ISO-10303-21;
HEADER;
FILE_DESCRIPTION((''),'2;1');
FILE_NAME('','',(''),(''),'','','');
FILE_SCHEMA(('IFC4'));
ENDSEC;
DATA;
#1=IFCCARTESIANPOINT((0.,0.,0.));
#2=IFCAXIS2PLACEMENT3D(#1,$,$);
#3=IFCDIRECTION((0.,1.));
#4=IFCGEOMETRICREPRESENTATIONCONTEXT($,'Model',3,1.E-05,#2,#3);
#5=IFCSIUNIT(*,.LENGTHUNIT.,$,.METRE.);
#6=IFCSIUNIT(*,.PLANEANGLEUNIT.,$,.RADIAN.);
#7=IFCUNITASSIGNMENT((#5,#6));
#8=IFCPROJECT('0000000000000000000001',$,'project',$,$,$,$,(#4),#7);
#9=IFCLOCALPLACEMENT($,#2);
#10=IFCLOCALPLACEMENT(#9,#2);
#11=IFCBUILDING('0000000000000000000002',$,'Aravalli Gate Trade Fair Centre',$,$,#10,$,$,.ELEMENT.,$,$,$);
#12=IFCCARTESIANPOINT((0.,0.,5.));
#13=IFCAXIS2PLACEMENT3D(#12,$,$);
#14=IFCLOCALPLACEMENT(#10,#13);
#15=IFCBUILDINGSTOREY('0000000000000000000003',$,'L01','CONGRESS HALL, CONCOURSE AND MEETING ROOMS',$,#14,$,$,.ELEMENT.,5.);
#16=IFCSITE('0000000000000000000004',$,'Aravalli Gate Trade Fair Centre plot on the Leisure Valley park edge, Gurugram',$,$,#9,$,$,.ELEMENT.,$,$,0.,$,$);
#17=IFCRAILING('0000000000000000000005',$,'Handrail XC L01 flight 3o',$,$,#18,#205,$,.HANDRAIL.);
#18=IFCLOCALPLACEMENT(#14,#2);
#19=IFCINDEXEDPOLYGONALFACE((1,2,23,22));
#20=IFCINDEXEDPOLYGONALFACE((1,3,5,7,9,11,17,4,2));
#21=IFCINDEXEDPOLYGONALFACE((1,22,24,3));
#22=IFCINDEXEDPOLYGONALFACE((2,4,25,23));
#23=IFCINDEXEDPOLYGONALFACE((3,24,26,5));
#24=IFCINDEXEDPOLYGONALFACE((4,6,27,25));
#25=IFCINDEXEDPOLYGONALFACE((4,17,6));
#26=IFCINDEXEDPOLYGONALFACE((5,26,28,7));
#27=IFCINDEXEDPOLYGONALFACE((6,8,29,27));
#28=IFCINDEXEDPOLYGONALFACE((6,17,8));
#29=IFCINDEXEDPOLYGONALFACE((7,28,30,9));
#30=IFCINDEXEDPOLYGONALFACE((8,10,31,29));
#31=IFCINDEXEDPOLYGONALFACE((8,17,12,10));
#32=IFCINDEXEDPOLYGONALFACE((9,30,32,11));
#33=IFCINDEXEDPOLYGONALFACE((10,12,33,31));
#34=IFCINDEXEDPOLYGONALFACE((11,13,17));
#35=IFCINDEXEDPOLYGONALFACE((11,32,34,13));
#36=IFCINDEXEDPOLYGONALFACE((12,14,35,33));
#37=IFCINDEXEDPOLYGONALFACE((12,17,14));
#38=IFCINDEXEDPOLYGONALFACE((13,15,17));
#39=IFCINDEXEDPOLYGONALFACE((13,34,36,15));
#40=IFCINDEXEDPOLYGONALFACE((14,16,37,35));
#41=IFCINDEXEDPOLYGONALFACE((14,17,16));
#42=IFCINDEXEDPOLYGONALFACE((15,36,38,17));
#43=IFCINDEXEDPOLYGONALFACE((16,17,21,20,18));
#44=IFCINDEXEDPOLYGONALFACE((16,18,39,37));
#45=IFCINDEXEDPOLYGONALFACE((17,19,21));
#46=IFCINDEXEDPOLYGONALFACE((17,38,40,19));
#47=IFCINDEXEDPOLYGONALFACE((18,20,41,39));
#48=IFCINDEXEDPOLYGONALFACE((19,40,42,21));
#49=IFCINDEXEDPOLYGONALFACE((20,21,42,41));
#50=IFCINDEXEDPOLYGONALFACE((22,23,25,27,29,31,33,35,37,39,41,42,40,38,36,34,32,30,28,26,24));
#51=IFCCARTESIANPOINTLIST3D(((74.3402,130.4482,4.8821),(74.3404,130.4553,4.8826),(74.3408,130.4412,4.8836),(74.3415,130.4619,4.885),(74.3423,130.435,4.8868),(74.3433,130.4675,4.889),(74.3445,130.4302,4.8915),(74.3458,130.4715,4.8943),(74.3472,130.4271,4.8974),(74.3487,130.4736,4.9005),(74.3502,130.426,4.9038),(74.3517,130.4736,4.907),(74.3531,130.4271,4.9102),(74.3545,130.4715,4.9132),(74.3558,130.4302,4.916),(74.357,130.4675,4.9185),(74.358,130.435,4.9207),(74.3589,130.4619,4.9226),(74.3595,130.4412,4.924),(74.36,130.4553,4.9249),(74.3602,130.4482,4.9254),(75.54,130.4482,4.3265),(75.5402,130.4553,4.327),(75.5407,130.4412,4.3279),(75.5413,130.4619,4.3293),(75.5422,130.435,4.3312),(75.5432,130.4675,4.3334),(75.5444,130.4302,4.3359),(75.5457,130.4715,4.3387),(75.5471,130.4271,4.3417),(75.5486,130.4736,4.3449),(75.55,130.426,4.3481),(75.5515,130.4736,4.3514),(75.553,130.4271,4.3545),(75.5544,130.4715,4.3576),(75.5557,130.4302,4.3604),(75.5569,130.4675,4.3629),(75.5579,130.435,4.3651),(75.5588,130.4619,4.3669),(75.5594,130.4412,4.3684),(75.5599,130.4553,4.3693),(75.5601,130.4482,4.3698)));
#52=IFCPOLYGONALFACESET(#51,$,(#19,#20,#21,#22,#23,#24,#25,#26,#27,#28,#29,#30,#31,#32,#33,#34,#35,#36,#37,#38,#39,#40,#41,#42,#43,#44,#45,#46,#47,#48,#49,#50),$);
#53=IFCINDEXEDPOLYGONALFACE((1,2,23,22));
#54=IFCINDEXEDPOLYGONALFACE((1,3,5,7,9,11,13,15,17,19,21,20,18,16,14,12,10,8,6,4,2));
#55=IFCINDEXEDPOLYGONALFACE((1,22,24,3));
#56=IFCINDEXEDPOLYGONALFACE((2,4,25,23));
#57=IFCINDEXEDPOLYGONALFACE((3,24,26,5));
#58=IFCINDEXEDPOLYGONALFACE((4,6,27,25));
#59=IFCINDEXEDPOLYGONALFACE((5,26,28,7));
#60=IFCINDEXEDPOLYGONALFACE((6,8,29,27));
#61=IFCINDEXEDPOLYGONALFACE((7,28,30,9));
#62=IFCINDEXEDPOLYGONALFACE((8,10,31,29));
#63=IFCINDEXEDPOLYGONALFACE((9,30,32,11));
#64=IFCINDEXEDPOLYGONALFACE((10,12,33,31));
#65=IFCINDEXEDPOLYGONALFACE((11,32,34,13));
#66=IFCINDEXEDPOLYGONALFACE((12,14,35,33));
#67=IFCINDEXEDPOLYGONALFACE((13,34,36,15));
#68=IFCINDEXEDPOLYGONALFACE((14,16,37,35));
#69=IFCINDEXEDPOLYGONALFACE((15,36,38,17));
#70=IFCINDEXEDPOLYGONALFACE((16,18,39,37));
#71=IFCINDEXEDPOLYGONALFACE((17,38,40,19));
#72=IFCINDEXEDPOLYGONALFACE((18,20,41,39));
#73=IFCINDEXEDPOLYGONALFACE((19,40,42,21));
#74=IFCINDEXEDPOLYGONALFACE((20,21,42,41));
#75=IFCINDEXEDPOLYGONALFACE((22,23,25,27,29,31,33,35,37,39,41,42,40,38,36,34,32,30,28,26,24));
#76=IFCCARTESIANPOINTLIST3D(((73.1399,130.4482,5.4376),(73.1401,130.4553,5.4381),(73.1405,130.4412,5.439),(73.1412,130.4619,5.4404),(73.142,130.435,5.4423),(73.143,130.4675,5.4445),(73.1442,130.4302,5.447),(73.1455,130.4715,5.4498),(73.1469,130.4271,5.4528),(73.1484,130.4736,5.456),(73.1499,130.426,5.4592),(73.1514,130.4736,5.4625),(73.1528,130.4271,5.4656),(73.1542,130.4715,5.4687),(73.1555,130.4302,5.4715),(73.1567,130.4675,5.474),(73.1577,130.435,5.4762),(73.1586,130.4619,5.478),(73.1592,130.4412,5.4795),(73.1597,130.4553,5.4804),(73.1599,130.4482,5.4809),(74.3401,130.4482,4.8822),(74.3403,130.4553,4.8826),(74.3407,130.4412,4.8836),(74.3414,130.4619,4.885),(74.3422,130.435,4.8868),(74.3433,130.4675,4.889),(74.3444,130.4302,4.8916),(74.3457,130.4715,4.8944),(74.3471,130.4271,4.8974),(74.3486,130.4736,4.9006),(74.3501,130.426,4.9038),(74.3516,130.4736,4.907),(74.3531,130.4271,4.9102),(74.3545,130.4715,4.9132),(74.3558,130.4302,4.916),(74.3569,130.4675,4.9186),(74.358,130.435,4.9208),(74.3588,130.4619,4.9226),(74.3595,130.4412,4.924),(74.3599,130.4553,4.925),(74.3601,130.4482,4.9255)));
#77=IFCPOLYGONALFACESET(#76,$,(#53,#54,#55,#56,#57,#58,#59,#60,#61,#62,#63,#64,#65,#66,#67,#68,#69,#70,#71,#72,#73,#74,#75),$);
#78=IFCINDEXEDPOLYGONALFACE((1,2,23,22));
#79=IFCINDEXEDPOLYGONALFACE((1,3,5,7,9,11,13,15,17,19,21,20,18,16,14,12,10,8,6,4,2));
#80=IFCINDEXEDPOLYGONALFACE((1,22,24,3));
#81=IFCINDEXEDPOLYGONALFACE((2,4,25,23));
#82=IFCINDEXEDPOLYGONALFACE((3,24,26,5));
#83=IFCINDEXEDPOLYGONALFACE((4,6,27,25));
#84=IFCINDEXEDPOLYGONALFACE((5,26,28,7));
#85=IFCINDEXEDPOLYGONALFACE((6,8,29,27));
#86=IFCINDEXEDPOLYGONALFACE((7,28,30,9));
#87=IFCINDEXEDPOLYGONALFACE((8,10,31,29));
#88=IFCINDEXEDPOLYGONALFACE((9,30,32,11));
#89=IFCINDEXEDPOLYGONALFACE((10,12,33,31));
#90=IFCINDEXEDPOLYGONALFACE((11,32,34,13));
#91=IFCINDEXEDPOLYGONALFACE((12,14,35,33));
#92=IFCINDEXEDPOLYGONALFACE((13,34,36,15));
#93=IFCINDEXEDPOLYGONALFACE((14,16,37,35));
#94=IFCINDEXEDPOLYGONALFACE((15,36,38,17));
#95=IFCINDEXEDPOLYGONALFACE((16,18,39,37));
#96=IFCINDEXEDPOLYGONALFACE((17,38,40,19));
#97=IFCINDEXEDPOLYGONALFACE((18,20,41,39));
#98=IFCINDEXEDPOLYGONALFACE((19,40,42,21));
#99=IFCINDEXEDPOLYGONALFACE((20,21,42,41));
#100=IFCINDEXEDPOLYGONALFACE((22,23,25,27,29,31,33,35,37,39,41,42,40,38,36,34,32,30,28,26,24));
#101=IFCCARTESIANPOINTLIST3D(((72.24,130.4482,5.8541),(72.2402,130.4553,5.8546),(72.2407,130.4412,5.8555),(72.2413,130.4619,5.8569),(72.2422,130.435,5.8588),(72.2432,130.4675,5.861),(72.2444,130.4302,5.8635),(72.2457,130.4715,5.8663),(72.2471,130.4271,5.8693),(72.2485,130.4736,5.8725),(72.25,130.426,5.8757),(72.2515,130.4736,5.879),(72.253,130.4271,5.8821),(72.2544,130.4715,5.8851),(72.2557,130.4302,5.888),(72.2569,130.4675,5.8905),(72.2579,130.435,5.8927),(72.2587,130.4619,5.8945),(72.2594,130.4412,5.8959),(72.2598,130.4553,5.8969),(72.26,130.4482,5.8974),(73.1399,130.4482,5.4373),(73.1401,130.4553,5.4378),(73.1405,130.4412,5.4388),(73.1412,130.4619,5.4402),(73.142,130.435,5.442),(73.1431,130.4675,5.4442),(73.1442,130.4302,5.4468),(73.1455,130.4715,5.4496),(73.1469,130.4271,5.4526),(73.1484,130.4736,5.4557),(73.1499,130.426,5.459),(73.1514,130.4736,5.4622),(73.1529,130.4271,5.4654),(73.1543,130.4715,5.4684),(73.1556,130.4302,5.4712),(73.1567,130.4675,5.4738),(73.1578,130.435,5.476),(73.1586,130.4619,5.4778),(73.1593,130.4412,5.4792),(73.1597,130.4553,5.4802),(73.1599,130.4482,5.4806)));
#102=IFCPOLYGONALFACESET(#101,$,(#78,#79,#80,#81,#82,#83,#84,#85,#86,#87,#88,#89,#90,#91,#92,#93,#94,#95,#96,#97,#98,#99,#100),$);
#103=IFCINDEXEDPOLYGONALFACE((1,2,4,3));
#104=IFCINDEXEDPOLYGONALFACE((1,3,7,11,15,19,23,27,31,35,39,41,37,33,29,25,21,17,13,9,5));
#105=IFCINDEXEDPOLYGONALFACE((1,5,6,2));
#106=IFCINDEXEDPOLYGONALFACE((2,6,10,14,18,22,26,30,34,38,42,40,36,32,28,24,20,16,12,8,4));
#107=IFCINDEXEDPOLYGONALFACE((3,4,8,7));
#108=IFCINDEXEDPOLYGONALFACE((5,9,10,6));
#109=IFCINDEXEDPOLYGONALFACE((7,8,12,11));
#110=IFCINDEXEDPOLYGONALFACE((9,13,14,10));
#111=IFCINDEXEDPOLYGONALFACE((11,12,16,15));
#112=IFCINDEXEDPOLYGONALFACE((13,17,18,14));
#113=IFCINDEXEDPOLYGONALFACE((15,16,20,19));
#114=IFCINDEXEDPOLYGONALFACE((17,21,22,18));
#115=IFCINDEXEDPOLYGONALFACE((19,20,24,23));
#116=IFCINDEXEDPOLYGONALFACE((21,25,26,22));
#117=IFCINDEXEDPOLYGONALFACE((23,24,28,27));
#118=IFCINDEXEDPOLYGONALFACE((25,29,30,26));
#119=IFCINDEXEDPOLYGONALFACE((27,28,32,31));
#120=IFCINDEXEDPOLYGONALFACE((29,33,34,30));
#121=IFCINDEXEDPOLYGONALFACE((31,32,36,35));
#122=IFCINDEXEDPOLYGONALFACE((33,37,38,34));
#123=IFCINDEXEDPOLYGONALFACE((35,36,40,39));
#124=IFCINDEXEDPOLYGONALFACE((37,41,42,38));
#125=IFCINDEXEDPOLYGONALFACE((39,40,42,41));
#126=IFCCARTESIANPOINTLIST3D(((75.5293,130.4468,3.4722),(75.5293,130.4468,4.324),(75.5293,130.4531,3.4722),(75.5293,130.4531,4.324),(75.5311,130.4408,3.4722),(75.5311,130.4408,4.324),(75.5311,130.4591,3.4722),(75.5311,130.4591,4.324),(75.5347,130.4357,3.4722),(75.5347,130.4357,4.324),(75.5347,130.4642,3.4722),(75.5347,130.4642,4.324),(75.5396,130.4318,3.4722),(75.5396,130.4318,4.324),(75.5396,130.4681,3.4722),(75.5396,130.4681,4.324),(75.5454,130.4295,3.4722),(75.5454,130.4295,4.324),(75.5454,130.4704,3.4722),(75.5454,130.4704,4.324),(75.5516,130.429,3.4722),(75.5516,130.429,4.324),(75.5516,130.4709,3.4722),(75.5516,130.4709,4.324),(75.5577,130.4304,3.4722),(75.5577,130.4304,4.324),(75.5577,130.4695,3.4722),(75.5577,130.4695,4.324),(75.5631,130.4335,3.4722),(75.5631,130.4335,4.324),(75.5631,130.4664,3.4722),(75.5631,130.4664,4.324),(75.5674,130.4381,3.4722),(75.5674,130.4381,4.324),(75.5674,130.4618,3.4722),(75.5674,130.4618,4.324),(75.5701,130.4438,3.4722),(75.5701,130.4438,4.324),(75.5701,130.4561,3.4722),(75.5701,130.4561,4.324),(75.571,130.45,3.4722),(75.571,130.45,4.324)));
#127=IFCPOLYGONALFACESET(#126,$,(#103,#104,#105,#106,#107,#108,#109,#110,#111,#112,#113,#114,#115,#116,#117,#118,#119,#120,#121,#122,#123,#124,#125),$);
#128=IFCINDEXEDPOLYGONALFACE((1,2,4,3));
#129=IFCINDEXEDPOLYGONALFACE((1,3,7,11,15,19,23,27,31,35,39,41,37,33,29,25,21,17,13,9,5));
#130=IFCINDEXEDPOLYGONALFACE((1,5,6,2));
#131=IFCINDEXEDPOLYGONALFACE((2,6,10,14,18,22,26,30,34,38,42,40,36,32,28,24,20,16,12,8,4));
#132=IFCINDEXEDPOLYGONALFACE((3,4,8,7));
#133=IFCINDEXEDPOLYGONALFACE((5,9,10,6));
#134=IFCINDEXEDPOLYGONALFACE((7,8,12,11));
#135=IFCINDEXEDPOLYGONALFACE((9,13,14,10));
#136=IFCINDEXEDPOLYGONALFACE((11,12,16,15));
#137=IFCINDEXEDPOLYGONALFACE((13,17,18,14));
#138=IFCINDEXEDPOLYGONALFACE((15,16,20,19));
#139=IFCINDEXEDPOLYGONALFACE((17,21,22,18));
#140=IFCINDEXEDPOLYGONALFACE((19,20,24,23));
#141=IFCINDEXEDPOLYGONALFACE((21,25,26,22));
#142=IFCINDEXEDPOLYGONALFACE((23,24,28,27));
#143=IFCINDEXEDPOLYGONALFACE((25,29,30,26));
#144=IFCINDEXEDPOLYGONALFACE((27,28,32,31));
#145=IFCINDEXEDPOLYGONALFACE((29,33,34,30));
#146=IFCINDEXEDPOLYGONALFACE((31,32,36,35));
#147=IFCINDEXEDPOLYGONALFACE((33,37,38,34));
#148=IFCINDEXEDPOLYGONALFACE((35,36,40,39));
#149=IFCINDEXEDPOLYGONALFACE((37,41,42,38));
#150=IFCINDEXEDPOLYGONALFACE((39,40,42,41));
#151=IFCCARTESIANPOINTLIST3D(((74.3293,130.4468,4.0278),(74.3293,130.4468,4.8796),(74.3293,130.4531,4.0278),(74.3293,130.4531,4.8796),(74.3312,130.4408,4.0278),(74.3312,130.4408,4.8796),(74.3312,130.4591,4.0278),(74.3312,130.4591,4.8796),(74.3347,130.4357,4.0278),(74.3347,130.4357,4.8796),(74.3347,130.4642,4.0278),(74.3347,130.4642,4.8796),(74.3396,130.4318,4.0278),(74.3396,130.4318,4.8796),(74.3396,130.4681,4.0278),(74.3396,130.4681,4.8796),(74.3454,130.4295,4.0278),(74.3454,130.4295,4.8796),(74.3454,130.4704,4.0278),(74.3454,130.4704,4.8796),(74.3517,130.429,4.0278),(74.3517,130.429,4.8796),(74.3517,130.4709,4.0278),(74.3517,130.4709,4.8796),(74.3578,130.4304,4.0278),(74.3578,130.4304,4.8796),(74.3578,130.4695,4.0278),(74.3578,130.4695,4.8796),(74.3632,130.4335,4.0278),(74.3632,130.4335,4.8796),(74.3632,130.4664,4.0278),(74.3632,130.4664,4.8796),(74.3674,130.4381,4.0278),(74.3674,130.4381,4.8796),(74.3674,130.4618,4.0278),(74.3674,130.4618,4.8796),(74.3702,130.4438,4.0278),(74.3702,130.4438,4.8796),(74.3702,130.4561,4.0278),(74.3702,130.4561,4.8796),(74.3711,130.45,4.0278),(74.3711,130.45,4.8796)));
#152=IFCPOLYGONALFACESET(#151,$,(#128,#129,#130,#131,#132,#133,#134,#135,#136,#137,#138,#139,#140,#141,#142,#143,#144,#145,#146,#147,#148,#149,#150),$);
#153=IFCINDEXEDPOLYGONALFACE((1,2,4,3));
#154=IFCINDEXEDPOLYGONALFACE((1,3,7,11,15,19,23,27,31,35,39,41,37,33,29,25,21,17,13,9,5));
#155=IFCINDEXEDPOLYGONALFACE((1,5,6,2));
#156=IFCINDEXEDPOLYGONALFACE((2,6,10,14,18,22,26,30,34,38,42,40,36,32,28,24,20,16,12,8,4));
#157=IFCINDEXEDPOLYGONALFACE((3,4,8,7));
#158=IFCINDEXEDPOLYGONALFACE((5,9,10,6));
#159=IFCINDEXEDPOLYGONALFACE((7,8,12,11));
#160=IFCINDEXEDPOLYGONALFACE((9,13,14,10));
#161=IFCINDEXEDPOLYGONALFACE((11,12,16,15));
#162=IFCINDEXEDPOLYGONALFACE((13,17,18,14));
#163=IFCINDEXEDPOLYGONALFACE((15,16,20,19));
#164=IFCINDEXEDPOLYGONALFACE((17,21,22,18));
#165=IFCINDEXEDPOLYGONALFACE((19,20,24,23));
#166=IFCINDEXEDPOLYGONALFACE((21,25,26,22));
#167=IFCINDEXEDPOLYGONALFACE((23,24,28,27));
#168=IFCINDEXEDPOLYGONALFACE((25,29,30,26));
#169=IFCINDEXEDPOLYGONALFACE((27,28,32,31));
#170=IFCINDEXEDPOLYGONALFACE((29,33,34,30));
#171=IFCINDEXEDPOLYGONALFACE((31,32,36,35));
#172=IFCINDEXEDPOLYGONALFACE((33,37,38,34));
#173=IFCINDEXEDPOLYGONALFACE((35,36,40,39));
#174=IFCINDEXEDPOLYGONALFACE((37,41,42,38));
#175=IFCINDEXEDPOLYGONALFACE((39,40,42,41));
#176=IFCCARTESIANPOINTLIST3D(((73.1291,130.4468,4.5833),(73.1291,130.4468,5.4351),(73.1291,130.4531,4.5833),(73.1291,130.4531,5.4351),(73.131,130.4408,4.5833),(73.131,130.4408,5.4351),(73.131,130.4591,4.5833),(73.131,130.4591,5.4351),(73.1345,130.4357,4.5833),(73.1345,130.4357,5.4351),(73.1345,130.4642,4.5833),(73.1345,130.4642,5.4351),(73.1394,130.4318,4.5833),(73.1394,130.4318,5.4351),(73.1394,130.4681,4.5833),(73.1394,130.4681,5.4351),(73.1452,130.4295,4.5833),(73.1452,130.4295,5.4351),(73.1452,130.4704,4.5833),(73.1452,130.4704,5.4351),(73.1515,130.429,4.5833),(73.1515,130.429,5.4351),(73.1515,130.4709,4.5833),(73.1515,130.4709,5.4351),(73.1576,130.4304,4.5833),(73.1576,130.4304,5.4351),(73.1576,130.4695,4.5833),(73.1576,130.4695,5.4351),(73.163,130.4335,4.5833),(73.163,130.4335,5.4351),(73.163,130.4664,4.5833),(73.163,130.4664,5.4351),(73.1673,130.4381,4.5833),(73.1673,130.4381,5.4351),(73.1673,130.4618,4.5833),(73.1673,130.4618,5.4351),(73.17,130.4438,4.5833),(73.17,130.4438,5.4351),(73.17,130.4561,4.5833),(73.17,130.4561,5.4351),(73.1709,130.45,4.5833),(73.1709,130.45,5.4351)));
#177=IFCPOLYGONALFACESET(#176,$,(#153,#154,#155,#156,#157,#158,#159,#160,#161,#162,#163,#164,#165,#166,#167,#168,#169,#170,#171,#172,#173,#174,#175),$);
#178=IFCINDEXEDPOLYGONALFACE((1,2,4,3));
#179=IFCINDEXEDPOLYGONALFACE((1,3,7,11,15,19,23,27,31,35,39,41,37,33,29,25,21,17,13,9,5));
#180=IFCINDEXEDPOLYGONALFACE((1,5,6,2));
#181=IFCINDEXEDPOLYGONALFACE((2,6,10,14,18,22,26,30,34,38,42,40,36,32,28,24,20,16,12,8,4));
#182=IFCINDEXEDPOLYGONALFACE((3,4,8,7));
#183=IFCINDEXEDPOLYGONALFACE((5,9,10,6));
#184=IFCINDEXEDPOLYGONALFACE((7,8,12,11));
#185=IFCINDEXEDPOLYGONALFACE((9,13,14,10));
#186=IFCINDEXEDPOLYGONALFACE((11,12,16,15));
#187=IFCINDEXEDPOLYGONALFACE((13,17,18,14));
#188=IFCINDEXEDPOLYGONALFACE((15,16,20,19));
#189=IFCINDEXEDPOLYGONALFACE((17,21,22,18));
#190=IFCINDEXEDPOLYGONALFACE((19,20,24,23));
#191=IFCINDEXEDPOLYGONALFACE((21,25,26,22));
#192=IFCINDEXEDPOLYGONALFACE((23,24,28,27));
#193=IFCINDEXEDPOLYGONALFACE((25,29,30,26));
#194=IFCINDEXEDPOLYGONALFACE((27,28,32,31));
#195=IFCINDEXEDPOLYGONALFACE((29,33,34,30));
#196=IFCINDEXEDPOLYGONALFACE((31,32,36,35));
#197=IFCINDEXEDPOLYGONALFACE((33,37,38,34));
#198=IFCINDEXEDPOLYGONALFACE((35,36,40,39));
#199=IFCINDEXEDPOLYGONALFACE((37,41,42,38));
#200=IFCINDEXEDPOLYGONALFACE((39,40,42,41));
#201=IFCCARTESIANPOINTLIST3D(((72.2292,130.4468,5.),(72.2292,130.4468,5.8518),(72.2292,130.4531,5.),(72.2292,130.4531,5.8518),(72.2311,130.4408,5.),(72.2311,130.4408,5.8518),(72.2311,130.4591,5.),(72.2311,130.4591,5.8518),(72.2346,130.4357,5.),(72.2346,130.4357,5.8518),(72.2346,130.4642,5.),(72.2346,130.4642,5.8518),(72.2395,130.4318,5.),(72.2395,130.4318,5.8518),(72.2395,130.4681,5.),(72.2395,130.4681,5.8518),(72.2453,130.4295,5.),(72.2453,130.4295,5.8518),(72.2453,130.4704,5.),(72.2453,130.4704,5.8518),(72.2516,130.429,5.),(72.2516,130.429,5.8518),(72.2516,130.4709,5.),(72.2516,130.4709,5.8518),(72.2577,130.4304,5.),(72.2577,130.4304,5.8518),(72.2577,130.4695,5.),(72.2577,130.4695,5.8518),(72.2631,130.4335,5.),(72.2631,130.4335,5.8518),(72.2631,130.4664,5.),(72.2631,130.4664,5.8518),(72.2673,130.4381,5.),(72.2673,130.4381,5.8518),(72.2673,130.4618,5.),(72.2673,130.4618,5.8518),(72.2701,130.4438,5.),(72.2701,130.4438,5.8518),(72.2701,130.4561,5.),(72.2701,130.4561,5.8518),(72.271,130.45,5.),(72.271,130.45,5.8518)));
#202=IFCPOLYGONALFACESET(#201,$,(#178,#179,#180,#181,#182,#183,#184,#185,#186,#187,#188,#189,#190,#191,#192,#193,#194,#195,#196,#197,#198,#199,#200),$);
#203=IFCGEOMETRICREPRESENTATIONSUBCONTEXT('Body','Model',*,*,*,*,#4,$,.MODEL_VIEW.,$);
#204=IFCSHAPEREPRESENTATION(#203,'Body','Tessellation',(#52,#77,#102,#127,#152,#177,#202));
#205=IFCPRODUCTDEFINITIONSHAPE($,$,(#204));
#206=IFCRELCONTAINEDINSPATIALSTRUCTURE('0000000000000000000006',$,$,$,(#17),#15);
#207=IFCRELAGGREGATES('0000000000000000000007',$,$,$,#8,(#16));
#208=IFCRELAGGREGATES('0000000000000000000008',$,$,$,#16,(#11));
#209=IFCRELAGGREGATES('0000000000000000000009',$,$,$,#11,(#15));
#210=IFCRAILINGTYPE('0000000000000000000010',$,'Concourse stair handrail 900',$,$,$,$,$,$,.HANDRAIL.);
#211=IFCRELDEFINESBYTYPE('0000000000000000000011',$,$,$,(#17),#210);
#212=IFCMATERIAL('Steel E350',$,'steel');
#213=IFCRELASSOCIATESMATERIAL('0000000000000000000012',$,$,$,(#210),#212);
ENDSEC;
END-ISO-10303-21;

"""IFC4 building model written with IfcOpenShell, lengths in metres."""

from ifc_helpers import new_model, si_unit, direction, frame, origin, origin_2d, place, context, subcontext, project, spatial, circle, extrude, material, type_object, element, save


model = new_model("IFC4")

# Units and contexts
model_context = context("Model", 3, precision=1e-05, world=origin(), true_north=direction((0.0, 1.0)))
body_context = subcontext(model_context, "Body", "Model", "MODEL_VIEW")
ifc_project = project(units=[si_unit("LENGTHUNIT", "METRE"), si_unit("PLANEANGLEUNIT", "RADIAN")], contexts=[model_context])

# Site, building, storey
site_placement = place(None, origin())
site = spatial("IfcSite", under=ifc_project, at=site_placement, Name="Aravalli Gate Trade Fair Centre plot on the Leisure Valley park edge, Gurugram", CompositionType="ELEMENT", RefElevation=0.0)
building_placement = place(site_placement, origin())
building = spatial("IfcBuilding", under=site, at=building_placement, Name="Aravalli Gate Trade Fair Centre", CompositionType="ELEMENT")
storey_placement = place(building_placement, frame((0.0, 0.0, 5.0)))
storey = spatial("IfcBuildingStorey", under=building, at=storey_placement, Name="L01", Description="CONGRESS HALL, CONCOURSE AND MEETING ROOMS", CompositionType="ELEMENT", Elevation=5.0)

# Shared definitions
ifc_material_1 = material(Name="Steel E350", Category="steel")

# Railing
railing_type_1 = type_object("IfcRailingType", Name="Concourse stair handrail 900", PredefinedType="HANDRAIL", material=ifc_material_1)
for number, where, name in (
    (1, (75.55, 130.45, 3.4722), "Handrail XC L01 flight 3o"),
):
    element("IfcRailing", number, at=place(storey_placement, frame(where)), inside=storey, type_object=railing_type_1, Name=name, PredefinedType="HANDRAIL", context=body_context, shape_type="SweptSolid", body=[
        extrude(circle(Radius=0.0239, at=origin_2d()), frame((0.0, 0.0, 0.876), z_axis=(-0.907429, 0.0, 0.420205), x_axis=(0.0, -1.0, 0.0)), (0.0, 0.0, 1.0), 1.3223),
        extrude(circle(Radius=0.0239, at=origin_2d()), frame((-1.2, 0.0, 1.4316), z_axis=(-0.907532, 0.0, 0.419983), x_axis=(0.0, -1.0, 0.0)), (0.0, 0.0, 1.0), 1.3225),
        extrude(circle(Radius=0.0239, at=origin_2d()), frame((-2.4001, 0.0, 1.9868), z_axis=(-0.907418, 0.0, 0.420229), x_axis=(0.0, -1.0, 0.0)), (0.0, 0.0, 1.0), 0.9917),
        extrude(circle(Radius=0.021, at=origin_2d()), origin(), (0.0, 0.0, 1.0), 0.8518),
        extrude(circle(Radius=0.021, at=origin_2d()), frame((-1.2, 0.0, 0.5557)), (0.0, 0.0, 1.0), 0.8518),
        extrude(circle(Radius=0.021, at=origin_2d()), frame((-2.4001, 0.0, 1.1111)), (0.0, 0.0, 1.0), 0.8518),
        extrude(circle(Radius=0.021, at=origin_2d()), frame((-3.3, 0.0, 1.5278)), (0.0, 0.0, 1.0), 0.8518),
    ])

save(model, "model.ifc")
